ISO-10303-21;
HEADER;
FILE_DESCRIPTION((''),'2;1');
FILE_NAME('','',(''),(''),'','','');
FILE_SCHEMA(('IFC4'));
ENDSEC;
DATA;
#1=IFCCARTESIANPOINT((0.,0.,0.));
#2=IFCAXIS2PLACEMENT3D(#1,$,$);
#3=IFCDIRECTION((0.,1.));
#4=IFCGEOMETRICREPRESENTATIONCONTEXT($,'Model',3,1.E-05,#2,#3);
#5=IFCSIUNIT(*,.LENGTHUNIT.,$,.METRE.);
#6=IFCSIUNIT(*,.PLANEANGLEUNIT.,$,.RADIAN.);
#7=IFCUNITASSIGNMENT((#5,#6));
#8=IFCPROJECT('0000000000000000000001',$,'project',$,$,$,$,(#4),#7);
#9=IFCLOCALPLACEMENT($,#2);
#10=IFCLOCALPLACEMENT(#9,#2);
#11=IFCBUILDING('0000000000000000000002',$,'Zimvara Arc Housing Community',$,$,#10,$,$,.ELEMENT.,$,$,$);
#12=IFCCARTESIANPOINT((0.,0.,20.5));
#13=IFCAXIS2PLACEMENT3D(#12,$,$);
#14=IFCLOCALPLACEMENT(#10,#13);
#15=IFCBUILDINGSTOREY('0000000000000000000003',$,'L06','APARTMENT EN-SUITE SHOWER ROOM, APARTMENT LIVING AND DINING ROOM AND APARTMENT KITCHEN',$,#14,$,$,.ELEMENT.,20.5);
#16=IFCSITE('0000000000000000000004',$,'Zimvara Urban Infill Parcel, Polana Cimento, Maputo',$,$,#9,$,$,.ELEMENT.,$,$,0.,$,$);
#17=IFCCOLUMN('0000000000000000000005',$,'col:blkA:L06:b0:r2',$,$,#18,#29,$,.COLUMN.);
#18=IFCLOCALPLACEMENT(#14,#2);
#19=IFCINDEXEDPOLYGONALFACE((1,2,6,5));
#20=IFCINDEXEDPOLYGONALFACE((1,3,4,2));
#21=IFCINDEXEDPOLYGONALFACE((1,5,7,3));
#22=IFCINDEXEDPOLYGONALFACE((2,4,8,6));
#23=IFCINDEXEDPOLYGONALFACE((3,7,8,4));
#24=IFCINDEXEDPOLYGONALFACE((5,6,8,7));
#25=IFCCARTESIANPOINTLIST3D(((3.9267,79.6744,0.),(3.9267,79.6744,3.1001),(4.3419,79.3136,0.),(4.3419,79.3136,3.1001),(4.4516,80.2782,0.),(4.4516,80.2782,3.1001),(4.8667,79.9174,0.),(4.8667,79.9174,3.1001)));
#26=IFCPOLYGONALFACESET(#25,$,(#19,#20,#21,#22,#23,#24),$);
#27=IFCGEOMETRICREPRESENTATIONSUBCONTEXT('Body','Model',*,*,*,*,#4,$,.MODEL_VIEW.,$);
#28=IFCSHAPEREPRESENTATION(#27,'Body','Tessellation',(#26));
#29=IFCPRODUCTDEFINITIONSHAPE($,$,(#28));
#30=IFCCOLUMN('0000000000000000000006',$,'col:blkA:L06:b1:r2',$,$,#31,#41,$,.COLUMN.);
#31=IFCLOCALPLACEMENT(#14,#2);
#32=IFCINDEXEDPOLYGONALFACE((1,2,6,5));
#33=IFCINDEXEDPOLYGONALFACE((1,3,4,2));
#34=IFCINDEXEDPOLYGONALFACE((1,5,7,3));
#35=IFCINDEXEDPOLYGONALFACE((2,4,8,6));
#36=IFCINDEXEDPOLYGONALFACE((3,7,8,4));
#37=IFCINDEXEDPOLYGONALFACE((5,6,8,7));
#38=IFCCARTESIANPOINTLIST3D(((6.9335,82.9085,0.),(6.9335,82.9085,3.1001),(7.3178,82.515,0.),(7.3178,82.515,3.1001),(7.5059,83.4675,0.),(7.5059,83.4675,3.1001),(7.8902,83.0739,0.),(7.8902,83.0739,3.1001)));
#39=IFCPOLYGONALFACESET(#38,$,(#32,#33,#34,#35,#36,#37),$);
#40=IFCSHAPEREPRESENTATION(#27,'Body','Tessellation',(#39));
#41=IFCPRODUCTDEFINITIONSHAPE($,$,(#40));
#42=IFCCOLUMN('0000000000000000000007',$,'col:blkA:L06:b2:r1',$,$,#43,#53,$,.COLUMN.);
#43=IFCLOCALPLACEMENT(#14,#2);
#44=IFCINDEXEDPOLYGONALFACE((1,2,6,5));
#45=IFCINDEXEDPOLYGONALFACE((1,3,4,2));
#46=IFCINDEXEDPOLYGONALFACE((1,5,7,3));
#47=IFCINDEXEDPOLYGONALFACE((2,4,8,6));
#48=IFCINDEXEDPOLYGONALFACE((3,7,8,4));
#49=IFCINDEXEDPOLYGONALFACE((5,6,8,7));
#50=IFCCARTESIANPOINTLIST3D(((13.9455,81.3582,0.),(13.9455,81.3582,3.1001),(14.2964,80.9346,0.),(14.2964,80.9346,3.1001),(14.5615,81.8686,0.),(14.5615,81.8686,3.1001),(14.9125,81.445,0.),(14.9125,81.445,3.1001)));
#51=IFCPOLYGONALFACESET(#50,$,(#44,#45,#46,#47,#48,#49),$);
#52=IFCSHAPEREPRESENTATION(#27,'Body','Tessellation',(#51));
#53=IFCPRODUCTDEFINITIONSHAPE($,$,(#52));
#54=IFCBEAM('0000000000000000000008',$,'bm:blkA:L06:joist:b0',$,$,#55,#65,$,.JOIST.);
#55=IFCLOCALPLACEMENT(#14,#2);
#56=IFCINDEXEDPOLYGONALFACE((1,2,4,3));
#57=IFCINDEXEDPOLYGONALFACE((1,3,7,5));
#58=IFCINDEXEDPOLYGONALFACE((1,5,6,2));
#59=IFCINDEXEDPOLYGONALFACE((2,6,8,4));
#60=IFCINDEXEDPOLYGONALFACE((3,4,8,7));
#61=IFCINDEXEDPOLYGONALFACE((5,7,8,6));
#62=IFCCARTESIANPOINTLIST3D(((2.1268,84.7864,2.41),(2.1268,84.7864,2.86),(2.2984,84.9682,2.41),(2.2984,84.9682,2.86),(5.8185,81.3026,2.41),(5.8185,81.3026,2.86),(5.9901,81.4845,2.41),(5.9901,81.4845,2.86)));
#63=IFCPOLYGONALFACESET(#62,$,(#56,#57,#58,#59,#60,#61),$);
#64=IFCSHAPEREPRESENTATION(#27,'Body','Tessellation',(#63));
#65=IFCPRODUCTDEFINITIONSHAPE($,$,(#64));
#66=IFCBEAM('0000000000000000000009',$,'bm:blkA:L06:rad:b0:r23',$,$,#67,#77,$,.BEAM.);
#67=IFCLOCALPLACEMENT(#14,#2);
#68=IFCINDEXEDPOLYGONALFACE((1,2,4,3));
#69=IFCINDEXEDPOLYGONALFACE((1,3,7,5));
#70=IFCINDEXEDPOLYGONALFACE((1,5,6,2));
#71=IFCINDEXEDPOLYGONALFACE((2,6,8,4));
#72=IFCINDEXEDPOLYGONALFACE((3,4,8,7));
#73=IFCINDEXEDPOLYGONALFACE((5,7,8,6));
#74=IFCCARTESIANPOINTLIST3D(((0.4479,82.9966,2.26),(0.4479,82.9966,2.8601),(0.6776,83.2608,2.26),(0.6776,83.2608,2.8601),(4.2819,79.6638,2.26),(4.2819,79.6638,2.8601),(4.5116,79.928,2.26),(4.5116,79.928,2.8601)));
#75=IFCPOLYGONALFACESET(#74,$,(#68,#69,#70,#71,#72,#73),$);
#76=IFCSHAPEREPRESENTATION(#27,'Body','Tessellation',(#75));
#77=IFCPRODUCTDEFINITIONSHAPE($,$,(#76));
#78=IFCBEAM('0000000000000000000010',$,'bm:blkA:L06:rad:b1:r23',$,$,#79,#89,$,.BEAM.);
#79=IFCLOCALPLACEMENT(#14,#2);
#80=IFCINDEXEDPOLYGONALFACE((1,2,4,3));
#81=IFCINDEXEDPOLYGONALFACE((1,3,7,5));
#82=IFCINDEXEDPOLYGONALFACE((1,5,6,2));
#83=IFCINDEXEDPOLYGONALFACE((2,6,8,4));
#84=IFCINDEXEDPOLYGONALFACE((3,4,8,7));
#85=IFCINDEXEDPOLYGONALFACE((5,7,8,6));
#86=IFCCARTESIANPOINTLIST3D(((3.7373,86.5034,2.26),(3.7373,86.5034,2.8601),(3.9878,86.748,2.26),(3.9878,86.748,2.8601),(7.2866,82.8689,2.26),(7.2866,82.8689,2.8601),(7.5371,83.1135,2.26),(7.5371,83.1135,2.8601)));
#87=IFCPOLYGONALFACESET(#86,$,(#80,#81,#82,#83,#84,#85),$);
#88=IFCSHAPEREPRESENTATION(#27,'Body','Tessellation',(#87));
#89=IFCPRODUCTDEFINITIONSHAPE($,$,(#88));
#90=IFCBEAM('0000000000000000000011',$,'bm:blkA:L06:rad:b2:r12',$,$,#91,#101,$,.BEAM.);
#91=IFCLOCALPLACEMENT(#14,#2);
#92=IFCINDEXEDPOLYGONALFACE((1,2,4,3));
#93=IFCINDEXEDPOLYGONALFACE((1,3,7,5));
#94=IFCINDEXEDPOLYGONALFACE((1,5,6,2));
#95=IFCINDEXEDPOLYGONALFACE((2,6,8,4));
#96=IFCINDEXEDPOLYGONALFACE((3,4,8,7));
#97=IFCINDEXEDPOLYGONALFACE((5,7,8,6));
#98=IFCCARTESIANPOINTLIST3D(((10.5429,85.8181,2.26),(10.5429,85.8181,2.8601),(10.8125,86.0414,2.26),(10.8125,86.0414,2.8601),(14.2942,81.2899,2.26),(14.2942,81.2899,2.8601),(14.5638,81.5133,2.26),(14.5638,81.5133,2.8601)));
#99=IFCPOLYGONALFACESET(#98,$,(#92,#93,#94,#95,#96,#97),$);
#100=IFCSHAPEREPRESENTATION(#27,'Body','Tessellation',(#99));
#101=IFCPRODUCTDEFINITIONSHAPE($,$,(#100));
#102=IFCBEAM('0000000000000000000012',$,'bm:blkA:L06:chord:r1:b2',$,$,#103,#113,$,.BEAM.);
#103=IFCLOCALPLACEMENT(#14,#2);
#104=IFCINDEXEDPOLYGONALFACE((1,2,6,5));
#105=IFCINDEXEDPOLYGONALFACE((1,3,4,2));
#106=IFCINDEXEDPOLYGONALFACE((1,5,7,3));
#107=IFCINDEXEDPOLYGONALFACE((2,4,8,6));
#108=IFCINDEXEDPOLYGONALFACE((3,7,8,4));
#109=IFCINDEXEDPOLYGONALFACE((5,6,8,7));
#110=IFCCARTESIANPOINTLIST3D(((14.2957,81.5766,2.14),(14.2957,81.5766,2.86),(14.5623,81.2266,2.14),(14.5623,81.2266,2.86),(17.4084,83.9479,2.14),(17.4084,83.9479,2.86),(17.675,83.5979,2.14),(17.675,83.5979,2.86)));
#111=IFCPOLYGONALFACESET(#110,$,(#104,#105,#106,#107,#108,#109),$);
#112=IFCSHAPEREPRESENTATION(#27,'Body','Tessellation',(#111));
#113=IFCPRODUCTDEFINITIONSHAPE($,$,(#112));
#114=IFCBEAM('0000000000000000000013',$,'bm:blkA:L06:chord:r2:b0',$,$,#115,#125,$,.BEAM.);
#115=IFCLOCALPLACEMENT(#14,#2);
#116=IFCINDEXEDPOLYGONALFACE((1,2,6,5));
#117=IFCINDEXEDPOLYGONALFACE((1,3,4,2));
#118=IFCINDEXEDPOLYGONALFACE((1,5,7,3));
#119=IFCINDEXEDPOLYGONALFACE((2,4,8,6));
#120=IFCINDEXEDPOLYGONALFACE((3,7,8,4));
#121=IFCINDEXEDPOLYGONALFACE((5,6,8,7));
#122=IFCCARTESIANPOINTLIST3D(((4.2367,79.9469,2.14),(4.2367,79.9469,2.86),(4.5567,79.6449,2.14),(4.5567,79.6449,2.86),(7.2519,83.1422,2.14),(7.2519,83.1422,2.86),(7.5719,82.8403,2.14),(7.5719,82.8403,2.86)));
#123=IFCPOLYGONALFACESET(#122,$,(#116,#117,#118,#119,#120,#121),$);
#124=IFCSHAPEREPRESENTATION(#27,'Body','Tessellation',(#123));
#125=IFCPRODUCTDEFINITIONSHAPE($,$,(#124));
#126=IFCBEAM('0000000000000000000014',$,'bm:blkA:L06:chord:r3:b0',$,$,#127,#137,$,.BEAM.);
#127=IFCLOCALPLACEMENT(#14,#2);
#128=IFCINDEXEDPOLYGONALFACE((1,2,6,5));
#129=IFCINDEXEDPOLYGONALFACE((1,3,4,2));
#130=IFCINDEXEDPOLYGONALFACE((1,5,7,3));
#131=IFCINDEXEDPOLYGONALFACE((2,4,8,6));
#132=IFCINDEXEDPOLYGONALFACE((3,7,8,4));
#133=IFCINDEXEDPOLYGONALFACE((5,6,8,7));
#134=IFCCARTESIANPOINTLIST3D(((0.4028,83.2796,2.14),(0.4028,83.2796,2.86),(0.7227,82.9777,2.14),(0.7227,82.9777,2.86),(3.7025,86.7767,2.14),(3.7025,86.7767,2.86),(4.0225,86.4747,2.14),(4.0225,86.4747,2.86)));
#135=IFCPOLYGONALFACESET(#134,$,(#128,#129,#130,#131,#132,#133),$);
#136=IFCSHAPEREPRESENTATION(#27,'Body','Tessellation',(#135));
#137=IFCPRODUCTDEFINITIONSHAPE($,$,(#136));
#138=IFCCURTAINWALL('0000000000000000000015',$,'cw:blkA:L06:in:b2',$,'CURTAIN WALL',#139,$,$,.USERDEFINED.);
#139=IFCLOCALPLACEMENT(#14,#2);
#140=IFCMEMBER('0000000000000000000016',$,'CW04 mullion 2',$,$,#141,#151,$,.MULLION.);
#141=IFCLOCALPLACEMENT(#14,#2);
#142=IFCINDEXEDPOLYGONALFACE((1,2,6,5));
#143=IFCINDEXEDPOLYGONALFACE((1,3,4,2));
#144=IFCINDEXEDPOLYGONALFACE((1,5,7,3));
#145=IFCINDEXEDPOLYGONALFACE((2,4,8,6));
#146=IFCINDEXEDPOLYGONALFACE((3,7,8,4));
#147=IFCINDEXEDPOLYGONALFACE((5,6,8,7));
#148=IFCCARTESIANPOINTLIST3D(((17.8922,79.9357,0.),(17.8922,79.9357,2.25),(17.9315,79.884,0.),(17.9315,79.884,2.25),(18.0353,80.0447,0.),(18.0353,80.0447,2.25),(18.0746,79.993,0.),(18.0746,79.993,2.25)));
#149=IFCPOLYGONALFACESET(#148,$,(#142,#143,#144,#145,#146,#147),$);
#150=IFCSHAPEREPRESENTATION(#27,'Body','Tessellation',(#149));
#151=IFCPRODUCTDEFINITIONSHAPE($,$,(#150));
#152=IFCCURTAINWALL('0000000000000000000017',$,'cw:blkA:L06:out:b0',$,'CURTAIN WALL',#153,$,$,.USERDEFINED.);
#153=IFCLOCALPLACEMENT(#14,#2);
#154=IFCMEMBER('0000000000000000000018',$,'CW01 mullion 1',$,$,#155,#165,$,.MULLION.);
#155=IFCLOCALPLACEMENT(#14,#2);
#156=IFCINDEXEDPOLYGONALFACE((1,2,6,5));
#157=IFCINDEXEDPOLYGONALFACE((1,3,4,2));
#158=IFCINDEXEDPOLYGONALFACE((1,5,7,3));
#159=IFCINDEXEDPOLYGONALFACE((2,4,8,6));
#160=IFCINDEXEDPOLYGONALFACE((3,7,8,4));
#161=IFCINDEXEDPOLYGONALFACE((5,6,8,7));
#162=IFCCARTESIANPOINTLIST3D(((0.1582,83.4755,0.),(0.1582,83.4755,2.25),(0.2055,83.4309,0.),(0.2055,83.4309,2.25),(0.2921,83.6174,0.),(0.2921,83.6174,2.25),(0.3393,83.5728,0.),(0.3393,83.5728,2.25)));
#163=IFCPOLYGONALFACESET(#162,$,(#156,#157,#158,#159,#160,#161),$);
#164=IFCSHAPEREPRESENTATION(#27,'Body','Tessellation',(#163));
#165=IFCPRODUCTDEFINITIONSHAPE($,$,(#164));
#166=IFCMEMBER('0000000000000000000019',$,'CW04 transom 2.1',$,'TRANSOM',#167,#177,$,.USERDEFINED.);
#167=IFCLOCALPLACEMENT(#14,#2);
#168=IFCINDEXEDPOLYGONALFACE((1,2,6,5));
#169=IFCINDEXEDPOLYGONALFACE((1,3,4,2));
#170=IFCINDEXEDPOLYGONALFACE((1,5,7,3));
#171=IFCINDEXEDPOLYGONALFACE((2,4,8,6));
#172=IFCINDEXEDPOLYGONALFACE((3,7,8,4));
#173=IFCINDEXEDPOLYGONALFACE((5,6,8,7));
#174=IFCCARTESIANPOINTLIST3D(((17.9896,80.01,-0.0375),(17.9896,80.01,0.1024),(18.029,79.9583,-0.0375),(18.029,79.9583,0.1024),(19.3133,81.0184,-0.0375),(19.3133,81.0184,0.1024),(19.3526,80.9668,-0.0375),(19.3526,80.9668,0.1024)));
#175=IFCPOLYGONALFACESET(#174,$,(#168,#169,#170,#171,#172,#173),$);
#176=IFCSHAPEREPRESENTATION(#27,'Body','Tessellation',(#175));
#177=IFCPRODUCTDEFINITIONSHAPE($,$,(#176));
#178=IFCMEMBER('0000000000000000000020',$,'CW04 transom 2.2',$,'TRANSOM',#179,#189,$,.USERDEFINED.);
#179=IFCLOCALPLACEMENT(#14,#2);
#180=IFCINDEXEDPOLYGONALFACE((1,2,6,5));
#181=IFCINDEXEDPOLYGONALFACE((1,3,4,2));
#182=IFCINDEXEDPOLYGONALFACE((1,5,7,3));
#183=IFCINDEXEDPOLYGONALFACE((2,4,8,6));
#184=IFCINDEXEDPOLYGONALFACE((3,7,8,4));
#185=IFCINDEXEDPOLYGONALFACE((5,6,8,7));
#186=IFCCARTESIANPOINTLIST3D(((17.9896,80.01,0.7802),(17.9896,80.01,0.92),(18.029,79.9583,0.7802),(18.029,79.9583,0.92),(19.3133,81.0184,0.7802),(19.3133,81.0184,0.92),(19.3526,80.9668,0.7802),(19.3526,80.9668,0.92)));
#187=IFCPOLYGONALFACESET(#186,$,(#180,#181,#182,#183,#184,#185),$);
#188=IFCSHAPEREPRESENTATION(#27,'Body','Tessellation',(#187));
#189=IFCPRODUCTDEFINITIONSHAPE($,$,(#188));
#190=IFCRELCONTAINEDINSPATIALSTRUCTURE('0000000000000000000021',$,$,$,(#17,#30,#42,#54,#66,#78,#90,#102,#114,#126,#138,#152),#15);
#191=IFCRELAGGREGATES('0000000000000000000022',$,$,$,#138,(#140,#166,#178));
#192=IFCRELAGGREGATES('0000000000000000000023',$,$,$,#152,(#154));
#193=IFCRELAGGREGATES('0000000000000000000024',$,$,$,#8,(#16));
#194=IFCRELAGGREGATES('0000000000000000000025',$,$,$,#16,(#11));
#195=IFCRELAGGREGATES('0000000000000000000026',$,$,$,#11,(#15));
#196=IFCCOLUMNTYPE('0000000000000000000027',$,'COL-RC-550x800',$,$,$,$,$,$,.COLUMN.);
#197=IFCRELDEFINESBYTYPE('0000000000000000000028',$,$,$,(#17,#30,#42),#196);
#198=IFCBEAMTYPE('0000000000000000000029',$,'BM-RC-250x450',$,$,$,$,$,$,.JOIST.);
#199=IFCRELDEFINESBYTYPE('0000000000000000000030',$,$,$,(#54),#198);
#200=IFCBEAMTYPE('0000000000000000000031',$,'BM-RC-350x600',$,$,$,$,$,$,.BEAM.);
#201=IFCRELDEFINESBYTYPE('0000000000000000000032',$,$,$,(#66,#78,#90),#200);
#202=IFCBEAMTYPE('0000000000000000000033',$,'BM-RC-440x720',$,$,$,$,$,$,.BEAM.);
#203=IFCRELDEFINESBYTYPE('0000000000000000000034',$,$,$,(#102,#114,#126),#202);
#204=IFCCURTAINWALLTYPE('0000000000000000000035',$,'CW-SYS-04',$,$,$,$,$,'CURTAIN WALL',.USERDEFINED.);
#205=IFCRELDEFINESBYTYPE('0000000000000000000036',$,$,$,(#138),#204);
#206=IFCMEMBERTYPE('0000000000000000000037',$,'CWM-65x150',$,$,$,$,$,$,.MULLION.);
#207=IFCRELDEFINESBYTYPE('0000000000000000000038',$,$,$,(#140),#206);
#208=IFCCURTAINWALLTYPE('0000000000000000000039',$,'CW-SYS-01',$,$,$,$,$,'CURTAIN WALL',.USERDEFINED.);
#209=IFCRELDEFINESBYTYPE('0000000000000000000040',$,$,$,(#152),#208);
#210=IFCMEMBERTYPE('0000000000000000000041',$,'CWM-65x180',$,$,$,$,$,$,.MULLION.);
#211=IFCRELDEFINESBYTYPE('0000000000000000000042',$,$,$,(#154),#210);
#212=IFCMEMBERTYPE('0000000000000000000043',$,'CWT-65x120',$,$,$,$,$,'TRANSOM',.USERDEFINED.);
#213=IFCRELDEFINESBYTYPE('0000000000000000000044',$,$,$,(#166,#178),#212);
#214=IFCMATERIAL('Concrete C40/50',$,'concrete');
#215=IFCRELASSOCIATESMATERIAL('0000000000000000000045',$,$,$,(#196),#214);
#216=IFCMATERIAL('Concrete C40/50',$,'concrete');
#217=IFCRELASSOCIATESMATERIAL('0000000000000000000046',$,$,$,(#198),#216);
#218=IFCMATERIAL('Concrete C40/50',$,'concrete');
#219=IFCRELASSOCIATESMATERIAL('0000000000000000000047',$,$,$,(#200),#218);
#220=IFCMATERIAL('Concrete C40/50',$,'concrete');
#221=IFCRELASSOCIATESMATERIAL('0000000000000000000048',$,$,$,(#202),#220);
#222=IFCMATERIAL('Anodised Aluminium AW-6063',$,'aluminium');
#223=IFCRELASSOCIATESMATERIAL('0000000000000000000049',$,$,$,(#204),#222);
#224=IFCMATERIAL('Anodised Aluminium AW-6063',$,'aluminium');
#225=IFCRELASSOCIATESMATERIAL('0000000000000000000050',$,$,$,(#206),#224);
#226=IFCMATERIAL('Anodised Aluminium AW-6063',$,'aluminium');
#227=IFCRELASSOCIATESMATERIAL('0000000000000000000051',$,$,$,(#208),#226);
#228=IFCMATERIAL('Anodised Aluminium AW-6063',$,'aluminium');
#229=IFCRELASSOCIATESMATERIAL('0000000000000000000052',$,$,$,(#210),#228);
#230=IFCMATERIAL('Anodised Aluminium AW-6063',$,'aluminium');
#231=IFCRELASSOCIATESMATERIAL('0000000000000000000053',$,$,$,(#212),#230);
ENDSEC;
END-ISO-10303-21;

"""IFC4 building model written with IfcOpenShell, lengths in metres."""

from ifc_helpers import new_model, si_unit, direction, frame, origin, origin_2d, place, context, subcontext, project, spatial, rectangle, extrude, material, material_profile, profile_set, type_object, element, aggregate, save


model = new_model("IFC4")

# Units and contexts
model_context = context("Model", 3, precision=1e-05, world=origin(), true_north=direction((0.0, 1.0)))
body_context = subcontext(model_context, "Body", "Model", "MODEL_VIEW")
ifc_project = project(units=[si_unit("LENGTHUNIT", "METRE"), si_unit("PLANEANGLEUNIT", "RADIAN")], contexts=[model_context])

# Site, building, storey
site_placement = place(None, origin())
site = spatial("IfcSite", under=ifc_project, at=site_placement, Name="Zimvara Urban Infill Parcel, Polana Cimento, Maputo", CompositionType="ELEMENT", RefElevation=0.0)
building_placement = place(site_placement, origin())
building = spatial("IfcBuilding", under=site, at=building_placement, Name="Zimvara Arc Housing Community", CompositionType="ELEMENT")
storey_placement = place(building_placement, frame((0.0, 0.0, 20.5)))
storey = spatial("IfcBuildingStorey", under=building, at=storey_placement, Name="L06", Description="APARTMENT EN-SUITE SHOWER ROOM, APARTMENT LIVING AND DINING ROOM AND APARTMENT KITCHEN", CompositionType="ELEMENT", Elevation=20.5)

# Columns
ifc_material_1 = material(Name="Concrete C40/50", Category="concrete")
ifc_material_profile_1 = material_profile(ifc_material_1, rectangle(XDim=0.55, YDim=0.8, at=origin_2d()), Name="RC 550x800")
ifc_profile_set_1 = profile_set([ifc_material_profile_1], Name="Concrete C40/50")
column_type_1 = type_object("IfcColumnType", Name="COL-RC-550x800", PredefinedType="COLUMN", material=ifc_profile_set_1)
for number, where, z_axis, x_axis, name in (
    (1, (4.3967, 79.7959, 0.0), (0.0, 0.0, 1.0), (-0.75471, 0.656059, 0.0), "col:blkA:L06:b0:r2"),
    (2, (7.4119, 82.9912, 0.0), (0.0, 0.0, 1.0), (-0.698665, 0.715449, 0.0), "col:blkA:L06:b1:r2"),
    (3, (14.429, 81.4016, 0.0), (0.0, 0.0, 1.0), (-0.637962, 0.770068, 0.0), "col:blkA:L06:b2:r1"),
):
    element("IfcColumn", number, at=place(storey_placement, frame(where, z_axis=z_axis, x_axis=x_axis)), inside=storey, type_object=column_type_1, Name=name, PredefinedType="COLUMN", context=body_context, shape_type="SweptSolid", body=[
        extrude(rectangle(XDim=0.55, YDim=0.8, at=origin_2d()), origin(), (0.0, 0.0, 1.0), 3.1001),
    ])

# Beams
ifc_material_2 = material(Name="Concrete C40/50", Category="concrete")
ifc_material_profile_2 = material_profile(ifc_material_2, rectangle(XDim=0.25, YDim=0.45, at=origin_2d()), Name="RC 250x450")
ifc_profile_set_2 = profile_set([ifc_material_profile_2], Name="Concrete C40/50")
beam_type_1 = type_object("IfcBeamType", Name="BM-RC-250x450", PredefinedType="JOIST", material=ifc_profile_set_2)
beam_1_placement = place(storey_placement, frame((5.9043, 81.3936, 2.635), z_axis=(-0.7273, 0.68632, 0.0), x_axis=(-0.68632, -0.7273, 0.0)))
element("IfcBeam", 4, at=beam_1_placement, inside=storey, type_object=beam_type_1, Name="bm:blkA:L06:joist:b0", PredefinedType="JOIST", context=body_context, shape_type="SweptSolid", body=[
    extrude(rectangle(XDim=0.25, YDim=0.45, at=origin_2d()), origin(), (0.0, 0.0, 1.0), 5.0759),
])
ifc_material_3 = material(Name="Concrete C40/50", Category="concrete")
ifc_material_profile_3 = material_profile(ifc_material_3, rectangle(XDim=0.3501, YDim=0.6001, at=origin_2d()), Name="RC 350x600")
ifc_profile_set_3 = profile_set([ifc_material_profile_3], Name="Concrete C40/50")
beam_type_2 = type_object("IfcBeamType", Name="BM-RC-350x600", PredefinedType="BEAM", material=ifc_profile_set_3)
for number, where, z_axis, x_axis, name in (
    (5, (4.3967, 79.7959, 2.5601), (-0.754716, 0.656051, 0.0), (-0.656051, -0.754716, 0.0), "bm:blkA:L06:rad:b0:r23"),
    (6, (7.4119, 82.9912, 2.5601), (-0.698671, 0.715443, 0.0), (-0.715443, -0.698671, 0.0), "bm:blkA:L06:rad:b1:r23"),
):
    element("IfcBeam", number, at=place(storey_placement, frame(where, z_axis=z_axis, x_axis=x_axis)), inside=storey, type_object=beam_type_2, Name=name, PredefinedType="BEAM", context=body_context, shape_type="SweptSolid", body=[
        extrude(rectangle(XDim=0.3501, YDim=0.6001, at=origin_2d()), origin(), (0.0, 0.0, 1.0), 5.0801),
    ])
beam_2_placement = place(storey_placement, frame((14.429, 81.4016, 2.5601), z_axis=(-0.637956, 0.770073, 0.0), x_axis=(-0.770073, -0.637956, 0.0)))
element("IfcBeam", 7, at=beam_2_placement, inside=storey, type_object=beam_type_2, Name="bm:blkA:L06:rad:b2:r12", PredefinedType="BEAM", context=body_context, shape_type="SweptSolid", body=[
    extrude(rectangle(XDim=0.3501, YDim=0.6001, at=origin_2d()), origin(), (0.0, 0.0, 1.0), 5.8801),
])
ifc_material_4 = material(Name="Concrete C40/50", Category="concrete")
ifc_material_profile_4 = material_profile(ifc_material_4, rectangle(XDim=0.4399, YDim=0.72, at=origin_2d()), Name="RC 440x720")
ifc_profile_set_4 = profile_set([ifc_material_profile_4], Name="Concrete C40/50")
beam_type_3 = type_object("IfcBeamType", Name="BM-RC-440x720", PredefinedType="BEAM", material=ifc_profile_set_4)
beam_3_placement = place(storey_placement, frame((14.429, 81.4016, 2.5), z_axis=(0.79547, 0.605992, 0.0), x_axis=(-0.605992, 0.79547, 0.0)))
element("IfcBeam", 8, at=beam_3_placement, inside=storey, type_object=beam_type_3, Name="bm:blkA:L06:chord:r1:b2", PredefinedType="BEAM", context=body_context, shape_type="SweptSolid", body=[
    extrude(rectangle(XDim=0.4399, YDim=0.72, at=origin_2d()), origin(), (0.0, 0.0, 1.0), 3.9131),
])
beam_4_placement = place(storey_placement, frame((4.3967, 79.7959, 2.5), z_axis=(0.686304, 0.727315, 0.0), x_axis=(-0.727315, 0.686304, 0.0)))
element("IfcBeam", 9, at=beam_4_placement, inside=storey, type_object=beam_type_3, Name="bm:blkA:L06:chord:r2:b0", PredefinedType="BEAM", context=body_context, shape_type="SweptSolid", body=[
    extrude(rectangle(XDim=0.4399, YDim=0.72, at=origin_2d()), origin(), (0.0, 0.0, 1.0), 4.3933),
])
beam_5_placement = place(storey_placement, frame((0.5627, 83.1287, 2.5), z_axis=(0.686295, 0.727323, 0.0), x_axis=(-0.727323, 0.686295, 0.0)))
element("IfcBeam", 10, at=beam_5_placement, inside=storey, type_object=beam_type_3, Name="bm:blkA:L06:chord:r3:b0", PredefinedType="BEAM", context=body_context, shape_type="SweptSolid", body=[
    extrude(rectangle(XDim=0.4399, YDim=0.72, at=origin_2d()), origin(), (0.0, 0.0, 1.0), 4.8081),
])

# Curtain walls, members
ifc_material_5 = material(Name="Anodised Aluminium AW-6063", Category="aluminium")
curtain_wall_type_1 = type_object("IfcCurtainWallType", Name="CW-SYS-04", ElementType="CURTAIN WALL", PredefinedType="USERDEFINED", material=ifc_material_5)
curtain_wall_1_placement = place(storey_placement, origin())
curtain_wall_1 = element("IfcCurtainWall", 11, at=curtain_wall_1_placement, inside=storey, type_object=curtain_wall_type_1, Name="cw:blkA:L06:in:b2", ObjectType="CURTAIN WALL", PredefinedType="USERDEFINED")
ifc_material_6 = material(Name="Anodised Aluminium AW-6063", Category="aluminium")
ifc_material_profile_5 = material_profile(ifc_material_6, rectangle(XDim=0.0649, YDim=0.1799, at=origin_2d()), Name="ALU 65x180")
ifc_profile_set_5 = profile_set([ifc_material_profile_5], Name="Anodised Aluminium AW-6063")
member_type_1 = type_object("IfcMemberType", Name="CWM-65x150", PredefinedType="MULLION", material=ifc_profile_set_5)
member_1_placement = place(storey_placement, frame((17.9834, 79.9644, 0.0), z_axis=(0.0, 0.0, 1.0), x_axis=(-0.605988, 0.795474, 0.0)))
member_1 = element("IfcMember", 12, at=member_1_placement, type_object=member_type_1, Name="CW04 mullion 2", PredefinedType="MULLION", context=body_context, shape_type="SweptSolid", body=[
    extrude(rectangle(XDim=0.0649, YDim=0.1799, at=origin_2d()), origin(), (0.0, 0.0, 1.0), 2.25),
])
ifc_material_7 = material(Name="Anodised Aluminium AW-6063", Category="aluminium")
curtain_wall_type_2 = type_object("IfcCurtainWallType", Name="CW-SYS-01", ElementType="CURTAIN WALL", PredefinedType="USERDEFINED", material=ifc_material_7)
curtain_wall_2_placement = place(storey_placement, origin())
curtain_wall_2 = element("IfcCurtainWall", 13, at=curtain_wall_2_placement, inside=storey, type_object=curtain_wall_type_2, Name="cw:blkA:L06:out:b0", ObjectType="CURTAIN WALL", PredefinedType="USERDEFINED")
ifc_material_8 = material(Name="Anodised Aluminium AW-6063", Category="aluminium")
ifc_material_profile_6 = material_profile(ifc_material_8, rectangle(XDim=0.0649, YDim=0.1951, at=origin_2d()), Name="ALU 65x195")
ifc_profile_set_6 = profile_set([ifc_material_profile_6], Name="Anodised Aluminium AW-6063")
member_type_2 = type_object("IfcMemberType", Name="CWM-65x180", PredefinedType="MULLION", material=ifc_profile_set_6)
member_2_placement = place(storey_placement, frame((0.2488, 83.5242, 0.0), z_axis=(0.0, 0.0, 1.0), x_axis=(-0.727294, 0.686326, 0.0)))
member_2 = element("IfcMember", 14, at=member_2_placement, type_object=member_type_2, Name="CW01 mullion 1", PredefinedType="MULLION", context=body_context, shape_type="SweptSolid", body=[
    extrude(rectangle(XDim=0.0649, YDim=0.1951, at=origin_2d()), origin(), (0.0, 0.0, 1.0), 2.25),
])

# Members
ifc_material_9 = material(Name="Anodised Aluminium AW-6063", Category="aluminium")
ifc_material_profile_7 = material_profile(ifc_material_9, rectangle(XDim=0.0649, YDim=0.1399, at=origin_2d()), Name="ALU 65x140")
ifc_profile_set_7 = profile_set([ifc_material_profile_7], Name="Anodised Aluminium AW-6063")
member_type_3 = type_object("IfcMemberType", Name="CWT-65x120", ElementType="TRANSOM", PredefinedType="USERDEFINED", material=ifc_profile_set_7)
member_3_placement = place(storey_placement, frame((18.0093, 79.9841, 0.0325), z_axis=(0.795435, 0.606039, 0.0), x_axis=(-0.606039, 0.795435, 0.0)))
member_3 = element("IfcMember", 15, at=member_3_placement, type_object=member_type_3, Name="CW04 transom 2.1", ObjectType="TRANSOM", PredefinedType="USERDEFINED", context=body_context, shape_type="SweptSolid", body=[
    extrude(rectangle(XDim=0.0649, YDim=0.1399, at=origin_2d()), origin(), (0.0, 0.0, 1.0), 1.6641),
])
member_4_placement = place(storey_placement, frame((18.0093, 79.9841, 0.8501), z_axis=(0.795435, 0.606039, 0.0), x_axis=(-0.606039, 0.795435, 0.0)))
member_4 = element("IfcMember", 16, at=member_4_placement, type_object=member_type_3, Name="CW04 transom 2.2", ObjectType="TRANSOM", PredefinedType="USERDEFINED", context=body_context, shape_type="SweptSolid", body=[
    extrude(rectangle(XDim=0.0649, YDim=0.1399, at=origin_2d()), origin(), (0.0, 0.0, 1.0), 1.6641),
])
aggregate(curtain_wall_1, [member_1, member_3, member_4])
aggregate(curtain_wall_2, [member_2])

save(model, "model.ifc")
